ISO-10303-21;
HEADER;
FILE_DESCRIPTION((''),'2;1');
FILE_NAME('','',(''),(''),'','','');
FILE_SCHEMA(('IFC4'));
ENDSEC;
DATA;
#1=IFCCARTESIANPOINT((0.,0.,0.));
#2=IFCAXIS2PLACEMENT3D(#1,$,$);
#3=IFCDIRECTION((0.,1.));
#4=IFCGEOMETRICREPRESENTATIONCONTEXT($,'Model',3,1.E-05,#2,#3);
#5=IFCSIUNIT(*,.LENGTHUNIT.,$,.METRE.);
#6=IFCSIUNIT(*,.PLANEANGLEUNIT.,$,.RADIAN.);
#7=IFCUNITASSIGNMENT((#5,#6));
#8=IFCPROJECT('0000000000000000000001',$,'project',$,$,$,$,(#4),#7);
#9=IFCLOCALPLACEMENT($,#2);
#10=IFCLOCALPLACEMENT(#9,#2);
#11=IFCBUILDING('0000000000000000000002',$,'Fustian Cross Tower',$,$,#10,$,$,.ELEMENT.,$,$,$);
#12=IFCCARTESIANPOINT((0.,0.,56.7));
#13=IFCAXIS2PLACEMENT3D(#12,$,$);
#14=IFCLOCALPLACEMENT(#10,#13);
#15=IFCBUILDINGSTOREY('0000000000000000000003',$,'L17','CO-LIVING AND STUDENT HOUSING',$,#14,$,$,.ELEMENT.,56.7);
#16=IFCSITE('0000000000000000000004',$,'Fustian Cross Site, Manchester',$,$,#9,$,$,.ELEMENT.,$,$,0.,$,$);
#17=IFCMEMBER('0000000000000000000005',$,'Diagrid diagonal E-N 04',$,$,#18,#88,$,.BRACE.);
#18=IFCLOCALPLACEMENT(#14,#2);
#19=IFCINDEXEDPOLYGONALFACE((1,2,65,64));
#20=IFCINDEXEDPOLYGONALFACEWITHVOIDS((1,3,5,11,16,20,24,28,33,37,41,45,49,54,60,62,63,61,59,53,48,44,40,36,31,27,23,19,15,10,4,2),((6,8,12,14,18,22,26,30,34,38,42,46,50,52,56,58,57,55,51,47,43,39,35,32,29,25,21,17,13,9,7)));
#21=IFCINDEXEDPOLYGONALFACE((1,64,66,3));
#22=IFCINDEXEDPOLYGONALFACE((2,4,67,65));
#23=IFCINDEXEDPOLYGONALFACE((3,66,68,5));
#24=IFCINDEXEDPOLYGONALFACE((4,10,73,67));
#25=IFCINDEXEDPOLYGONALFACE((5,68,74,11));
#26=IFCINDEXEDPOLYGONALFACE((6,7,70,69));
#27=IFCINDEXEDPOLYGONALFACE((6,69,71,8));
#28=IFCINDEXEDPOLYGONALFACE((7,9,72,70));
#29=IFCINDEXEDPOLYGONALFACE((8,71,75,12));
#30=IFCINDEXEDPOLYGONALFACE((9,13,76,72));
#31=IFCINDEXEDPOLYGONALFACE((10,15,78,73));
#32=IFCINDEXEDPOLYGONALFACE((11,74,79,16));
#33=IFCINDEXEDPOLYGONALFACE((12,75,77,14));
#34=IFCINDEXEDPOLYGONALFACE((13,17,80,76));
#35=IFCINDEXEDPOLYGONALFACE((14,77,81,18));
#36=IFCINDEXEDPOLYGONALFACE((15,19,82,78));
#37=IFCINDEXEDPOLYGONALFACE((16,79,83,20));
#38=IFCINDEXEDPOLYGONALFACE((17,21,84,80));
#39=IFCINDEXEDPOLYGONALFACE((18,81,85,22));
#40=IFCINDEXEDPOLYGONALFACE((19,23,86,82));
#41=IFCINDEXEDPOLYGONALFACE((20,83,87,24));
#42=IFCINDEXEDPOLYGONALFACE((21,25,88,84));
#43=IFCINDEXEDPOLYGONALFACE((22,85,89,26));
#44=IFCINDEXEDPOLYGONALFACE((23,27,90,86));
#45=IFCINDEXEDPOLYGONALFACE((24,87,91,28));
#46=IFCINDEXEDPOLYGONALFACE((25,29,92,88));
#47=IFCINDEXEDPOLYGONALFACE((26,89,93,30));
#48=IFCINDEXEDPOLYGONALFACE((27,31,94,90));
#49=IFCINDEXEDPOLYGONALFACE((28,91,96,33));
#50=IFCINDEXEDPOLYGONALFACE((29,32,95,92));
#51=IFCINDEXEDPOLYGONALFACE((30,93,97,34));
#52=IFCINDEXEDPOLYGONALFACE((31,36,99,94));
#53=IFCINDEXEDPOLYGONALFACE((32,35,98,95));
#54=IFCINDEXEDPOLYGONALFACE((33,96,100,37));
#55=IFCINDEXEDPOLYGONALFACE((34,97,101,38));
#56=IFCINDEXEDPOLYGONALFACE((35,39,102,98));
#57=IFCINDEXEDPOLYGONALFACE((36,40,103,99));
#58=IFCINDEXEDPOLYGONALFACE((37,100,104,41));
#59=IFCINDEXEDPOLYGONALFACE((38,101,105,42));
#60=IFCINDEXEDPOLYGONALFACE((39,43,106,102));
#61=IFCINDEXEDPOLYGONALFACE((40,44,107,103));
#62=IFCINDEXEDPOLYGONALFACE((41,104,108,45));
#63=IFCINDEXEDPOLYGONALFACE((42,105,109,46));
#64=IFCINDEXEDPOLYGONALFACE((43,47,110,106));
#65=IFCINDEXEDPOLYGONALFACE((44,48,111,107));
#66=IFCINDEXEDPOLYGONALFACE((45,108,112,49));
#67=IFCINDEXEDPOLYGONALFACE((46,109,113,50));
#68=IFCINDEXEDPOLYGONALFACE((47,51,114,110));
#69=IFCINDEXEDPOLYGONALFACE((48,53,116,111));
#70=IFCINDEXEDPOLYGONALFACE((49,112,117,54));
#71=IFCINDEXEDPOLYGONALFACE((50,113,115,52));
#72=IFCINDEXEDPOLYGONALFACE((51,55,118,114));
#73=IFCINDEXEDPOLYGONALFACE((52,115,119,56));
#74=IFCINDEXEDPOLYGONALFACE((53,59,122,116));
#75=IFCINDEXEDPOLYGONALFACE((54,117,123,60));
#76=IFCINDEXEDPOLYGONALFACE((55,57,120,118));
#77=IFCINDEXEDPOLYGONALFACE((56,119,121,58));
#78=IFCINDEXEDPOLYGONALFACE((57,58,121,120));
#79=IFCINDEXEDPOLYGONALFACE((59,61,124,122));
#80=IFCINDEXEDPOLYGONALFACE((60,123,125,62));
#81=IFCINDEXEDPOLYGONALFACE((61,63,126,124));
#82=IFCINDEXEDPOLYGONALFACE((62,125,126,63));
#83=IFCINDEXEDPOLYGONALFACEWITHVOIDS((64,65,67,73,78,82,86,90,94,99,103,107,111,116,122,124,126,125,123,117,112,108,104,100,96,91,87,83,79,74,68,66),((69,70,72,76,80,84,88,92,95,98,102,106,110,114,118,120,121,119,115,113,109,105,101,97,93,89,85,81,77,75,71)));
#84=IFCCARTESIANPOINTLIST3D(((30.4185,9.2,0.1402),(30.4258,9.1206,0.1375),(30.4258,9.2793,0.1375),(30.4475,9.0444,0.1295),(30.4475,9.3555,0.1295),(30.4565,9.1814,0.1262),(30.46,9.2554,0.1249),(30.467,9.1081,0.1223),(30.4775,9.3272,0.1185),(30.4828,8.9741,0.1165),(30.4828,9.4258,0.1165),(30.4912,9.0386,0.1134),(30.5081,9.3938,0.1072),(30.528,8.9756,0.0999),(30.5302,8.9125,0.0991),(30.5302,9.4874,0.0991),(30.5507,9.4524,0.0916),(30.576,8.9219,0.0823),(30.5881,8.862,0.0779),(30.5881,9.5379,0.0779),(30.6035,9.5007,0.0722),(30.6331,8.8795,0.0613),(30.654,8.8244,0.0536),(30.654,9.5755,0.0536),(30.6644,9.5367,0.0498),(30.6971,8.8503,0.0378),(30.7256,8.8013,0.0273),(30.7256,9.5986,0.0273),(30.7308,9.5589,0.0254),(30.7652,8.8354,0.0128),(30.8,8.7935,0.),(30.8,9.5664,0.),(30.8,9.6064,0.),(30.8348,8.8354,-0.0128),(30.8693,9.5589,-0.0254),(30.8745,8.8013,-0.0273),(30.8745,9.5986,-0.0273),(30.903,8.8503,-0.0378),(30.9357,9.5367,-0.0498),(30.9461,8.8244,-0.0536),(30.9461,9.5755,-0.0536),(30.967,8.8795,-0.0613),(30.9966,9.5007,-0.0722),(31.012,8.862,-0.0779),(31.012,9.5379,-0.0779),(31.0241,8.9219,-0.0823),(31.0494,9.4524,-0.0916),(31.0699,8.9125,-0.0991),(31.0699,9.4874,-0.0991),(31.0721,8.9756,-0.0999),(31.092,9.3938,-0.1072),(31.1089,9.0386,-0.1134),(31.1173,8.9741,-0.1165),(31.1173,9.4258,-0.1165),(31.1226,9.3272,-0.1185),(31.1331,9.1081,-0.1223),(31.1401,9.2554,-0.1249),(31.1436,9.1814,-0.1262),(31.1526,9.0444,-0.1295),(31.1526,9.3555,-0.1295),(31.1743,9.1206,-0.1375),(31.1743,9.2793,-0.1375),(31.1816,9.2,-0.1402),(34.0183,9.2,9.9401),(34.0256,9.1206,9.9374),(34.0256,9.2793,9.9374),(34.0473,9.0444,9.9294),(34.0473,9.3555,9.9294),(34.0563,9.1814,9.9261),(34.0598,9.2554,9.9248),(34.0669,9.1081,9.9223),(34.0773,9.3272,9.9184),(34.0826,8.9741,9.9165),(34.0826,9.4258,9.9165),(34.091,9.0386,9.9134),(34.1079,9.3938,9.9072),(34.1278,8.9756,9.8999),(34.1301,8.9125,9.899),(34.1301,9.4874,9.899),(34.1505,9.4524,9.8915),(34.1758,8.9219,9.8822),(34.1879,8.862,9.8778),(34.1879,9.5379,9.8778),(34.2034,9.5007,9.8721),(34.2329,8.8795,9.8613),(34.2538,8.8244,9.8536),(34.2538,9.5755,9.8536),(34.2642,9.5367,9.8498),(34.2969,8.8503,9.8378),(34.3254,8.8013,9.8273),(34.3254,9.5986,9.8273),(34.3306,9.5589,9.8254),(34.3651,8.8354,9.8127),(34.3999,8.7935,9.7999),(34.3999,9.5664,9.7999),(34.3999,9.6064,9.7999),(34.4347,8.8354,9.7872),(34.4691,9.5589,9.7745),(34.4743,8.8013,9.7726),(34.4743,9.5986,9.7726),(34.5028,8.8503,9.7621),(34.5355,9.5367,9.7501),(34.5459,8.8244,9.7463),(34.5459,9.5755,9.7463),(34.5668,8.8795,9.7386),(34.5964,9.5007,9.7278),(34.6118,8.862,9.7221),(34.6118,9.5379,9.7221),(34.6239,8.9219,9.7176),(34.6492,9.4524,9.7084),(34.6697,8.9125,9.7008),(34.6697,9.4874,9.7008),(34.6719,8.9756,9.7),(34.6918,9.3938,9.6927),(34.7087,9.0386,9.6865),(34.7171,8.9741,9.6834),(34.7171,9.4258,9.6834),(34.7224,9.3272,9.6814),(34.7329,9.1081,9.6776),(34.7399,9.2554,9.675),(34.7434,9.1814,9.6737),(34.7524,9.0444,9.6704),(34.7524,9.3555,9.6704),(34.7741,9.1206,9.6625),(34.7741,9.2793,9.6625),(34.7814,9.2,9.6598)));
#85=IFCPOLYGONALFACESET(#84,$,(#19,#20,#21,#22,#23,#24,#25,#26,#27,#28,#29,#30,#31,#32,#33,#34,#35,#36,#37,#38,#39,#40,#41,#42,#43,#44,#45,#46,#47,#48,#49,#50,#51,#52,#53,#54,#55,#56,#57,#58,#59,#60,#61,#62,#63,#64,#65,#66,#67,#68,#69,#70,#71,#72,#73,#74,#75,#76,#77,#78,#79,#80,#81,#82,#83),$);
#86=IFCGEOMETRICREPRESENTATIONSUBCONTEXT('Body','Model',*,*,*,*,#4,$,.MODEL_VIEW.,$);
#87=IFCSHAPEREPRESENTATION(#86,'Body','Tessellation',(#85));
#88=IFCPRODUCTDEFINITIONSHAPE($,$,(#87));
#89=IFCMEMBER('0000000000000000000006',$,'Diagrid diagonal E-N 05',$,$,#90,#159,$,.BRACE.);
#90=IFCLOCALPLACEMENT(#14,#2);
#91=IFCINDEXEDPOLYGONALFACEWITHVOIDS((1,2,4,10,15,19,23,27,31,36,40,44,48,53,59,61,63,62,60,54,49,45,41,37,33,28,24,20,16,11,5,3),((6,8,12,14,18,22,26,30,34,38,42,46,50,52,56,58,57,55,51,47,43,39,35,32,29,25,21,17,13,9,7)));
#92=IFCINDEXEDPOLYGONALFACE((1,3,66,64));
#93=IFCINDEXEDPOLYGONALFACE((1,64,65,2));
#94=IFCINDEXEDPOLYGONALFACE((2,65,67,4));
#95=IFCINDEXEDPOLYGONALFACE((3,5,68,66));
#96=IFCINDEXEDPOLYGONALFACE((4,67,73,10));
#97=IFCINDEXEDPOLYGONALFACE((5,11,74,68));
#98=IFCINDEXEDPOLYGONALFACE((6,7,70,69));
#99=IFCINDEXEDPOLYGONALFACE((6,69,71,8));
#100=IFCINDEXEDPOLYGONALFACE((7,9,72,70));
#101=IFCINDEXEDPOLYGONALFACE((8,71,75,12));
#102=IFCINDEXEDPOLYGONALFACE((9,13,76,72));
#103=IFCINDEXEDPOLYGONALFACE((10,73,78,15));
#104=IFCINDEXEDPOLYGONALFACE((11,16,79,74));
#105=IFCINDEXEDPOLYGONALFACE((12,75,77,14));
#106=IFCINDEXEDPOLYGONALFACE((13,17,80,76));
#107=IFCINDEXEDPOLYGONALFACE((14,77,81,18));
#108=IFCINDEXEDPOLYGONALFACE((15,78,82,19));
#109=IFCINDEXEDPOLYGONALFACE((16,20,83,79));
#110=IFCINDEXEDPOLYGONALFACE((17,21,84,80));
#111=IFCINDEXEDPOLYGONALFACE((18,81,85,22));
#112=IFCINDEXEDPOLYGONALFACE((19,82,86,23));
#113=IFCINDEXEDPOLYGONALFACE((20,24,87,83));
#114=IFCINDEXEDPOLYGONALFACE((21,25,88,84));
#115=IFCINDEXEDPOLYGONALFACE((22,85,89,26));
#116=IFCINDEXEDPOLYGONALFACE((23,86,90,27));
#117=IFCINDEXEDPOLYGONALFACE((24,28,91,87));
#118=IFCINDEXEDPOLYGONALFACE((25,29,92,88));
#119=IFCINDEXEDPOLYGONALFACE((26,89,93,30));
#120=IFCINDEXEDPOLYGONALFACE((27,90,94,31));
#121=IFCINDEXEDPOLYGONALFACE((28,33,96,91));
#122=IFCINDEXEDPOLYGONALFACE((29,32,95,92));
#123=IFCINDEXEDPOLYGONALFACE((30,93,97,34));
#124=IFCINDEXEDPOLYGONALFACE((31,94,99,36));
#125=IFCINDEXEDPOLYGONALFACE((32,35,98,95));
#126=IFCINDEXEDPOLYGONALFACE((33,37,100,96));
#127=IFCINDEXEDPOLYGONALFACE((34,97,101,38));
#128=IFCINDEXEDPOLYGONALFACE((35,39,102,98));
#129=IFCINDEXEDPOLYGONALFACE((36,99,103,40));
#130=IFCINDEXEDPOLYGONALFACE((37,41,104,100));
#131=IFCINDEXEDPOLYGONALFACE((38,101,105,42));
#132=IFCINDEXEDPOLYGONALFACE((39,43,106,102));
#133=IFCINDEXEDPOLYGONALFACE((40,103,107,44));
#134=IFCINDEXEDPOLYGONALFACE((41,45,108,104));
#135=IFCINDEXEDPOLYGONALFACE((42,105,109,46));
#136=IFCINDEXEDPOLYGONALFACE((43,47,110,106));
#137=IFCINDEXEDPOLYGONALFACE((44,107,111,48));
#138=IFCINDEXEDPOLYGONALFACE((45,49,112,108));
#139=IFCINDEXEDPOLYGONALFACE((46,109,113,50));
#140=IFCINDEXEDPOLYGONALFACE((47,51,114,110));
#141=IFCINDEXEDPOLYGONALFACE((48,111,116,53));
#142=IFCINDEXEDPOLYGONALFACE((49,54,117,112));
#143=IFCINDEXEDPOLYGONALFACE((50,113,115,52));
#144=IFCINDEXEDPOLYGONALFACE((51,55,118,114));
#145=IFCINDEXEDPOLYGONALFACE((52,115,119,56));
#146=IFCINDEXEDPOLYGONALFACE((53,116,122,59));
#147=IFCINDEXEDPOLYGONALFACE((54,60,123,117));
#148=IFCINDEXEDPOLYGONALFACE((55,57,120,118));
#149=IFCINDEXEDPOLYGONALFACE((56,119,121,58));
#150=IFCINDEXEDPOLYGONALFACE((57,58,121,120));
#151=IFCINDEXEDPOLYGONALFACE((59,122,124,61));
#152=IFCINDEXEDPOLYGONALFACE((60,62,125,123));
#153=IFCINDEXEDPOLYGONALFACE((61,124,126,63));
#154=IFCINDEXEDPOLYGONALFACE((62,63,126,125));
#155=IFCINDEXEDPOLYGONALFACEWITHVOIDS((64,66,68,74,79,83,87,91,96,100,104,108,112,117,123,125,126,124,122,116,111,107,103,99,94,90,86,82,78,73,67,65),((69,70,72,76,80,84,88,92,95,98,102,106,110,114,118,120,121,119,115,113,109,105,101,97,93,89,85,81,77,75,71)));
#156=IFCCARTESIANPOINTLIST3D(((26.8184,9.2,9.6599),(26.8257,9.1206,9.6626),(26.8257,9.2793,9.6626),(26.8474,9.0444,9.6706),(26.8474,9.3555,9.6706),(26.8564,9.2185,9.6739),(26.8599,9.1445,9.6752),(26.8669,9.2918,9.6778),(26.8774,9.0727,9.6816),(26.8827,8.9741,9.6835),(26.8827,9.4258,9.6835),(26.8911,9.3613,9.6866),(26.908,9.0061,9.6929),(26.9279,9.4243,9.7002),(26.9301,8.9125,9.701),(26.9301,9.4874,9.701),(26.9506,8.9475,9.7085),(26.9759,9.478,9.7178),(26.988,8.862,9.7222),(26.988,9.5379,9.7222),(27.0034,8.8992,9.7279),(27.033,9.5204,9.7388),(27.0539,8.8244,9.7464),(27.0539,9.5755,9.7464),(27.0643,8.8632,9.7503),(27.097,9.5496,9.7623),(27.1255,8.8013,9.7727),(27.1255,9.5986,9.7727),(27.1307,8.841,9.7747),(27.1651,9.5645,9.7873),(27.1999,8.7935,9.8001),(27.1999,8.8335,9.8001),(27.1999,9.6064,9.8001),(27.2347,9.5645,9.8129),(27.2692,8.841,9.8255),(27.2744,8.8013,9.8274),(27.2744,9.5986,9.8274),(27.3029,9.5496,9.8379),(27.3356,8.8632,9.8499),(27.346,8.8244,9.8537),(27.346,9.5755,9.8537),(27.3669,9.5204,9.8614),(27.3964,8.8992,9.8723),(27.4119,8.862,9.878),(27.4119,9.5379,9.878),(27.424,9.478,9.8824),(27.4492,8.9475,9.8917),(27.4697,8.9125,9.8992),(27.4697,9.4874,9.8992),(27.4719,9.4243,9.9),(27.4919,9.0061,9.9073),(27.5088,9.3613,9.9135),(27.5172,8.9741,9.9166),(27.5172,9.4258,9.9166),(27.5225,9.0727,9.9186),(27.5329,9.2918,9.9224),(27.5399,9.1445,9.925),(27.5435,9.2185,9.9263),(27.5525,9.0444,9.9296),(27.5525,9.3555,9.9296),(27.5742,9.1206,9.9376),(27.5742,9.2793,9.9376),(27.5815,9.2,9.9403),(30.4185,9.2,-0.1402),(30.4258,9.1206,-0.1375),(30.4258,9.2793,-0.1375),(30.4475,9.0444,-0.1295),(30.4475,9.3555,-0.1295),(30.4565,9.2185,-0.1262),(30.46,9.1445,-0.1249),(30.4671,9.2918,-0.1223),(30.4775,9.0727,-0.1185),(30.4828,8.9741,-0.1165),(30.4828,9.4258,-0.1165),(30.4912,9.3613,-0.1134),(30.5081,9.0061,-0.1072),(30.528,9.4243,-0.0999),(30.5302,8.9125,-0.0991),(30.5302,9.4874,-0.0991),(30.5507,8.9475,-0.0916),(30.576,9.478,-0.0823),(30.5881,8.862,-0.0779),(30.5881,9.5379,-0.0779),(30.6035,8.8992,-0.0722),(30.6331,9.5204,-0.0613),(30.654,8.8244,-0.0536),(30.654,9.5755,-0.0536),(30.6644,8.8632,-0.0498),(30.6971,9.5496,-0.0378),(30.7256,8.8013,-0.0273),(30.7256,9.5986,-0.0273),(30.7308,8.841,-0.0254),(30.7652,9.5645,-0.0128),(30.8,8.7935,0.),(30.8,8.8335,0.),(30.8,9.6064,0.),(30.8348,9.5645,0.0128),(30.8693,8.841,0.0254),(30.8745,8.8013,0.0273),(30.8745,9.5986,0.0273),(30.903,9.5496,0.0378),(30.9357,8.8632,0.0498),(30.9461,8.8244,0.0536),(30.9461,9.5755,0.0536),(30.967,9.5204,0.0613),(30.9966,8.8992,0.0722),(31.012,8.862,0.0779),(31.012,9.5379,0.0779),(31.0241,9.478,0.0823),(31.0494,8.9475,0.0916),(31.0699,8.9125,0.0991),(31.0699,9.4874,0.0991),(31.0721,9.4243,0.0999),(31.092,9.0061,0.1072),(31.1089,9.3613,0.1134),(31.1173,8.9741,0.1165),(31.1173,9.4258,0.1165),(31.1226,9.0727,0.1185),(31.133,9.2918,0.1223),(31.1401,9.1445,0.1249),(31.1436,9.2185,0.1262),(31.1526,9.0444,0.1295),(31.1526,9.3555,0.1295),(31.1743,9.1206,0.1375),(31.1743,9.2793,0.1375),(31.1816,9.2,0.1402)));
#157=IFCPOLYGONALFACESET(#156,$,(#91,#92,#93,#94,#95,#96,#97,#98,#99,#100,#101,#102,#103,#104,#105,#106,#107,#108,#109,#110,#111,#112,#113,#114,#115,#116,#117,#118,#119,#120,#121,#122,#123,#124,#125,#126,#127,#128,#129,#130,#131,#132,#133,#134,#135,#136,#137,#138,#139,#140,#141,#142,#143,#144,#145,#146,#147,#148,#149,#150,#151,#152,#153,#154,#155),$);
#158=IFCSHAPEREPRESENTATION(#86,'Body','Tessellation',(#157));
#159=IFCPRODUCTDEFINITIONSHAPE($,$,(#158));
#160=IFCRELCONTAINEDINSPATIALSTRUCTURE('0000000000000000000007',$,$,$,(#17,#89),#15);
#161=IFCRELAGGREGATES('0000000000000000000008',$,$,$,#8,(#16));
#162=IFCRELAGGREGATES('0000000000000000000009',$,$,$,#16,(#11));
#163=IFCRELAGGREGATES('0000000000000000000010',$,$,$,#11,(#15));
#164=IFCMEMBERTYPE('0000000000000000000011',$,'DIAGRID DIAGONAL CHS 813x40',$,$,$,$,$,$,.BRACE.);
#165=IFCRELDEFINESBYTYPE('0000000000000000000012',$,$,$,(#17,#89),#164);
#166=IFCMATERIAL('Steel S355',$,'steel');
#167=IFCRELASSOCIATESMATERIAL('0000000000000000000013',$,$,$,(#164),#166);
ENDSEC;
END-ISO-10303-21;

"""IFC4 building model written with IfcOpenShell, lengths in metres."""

from ifc_helpers import new_model, si_unit, direction, frame, origin, origin_2d, place, context, subcontext, project, spatial, hollow_circle, extrude, material, material_profile, profile_set, type_object, element, save


model = new_model("IFC4")

# Units and contexts
model_context = context("Model", 3, precision=1e-05, world=origin(), true_north=direction((0.0, 1.0)))
body_context = subcontext(model_context, "Body", "Model", "MODEL_VIEW")
ifc_project = project(units=[si_unit("LENGTHUNIT", "METRE"), si_unit("PLANEANGLEUNIT", "RADIAN")], contexts=[model_context])

# Site, building, storey
site_placement = place(None, origin())
site = spatial("IfcSite", under=ifc_project, at=site_placement, Name="Fustian Cross Site, Manchester", CompositionType="ELEMENT", RefElevation=0.0)
building_placement = place(site_placement, origin())
building = spatial("IfcBuilding", under=site, at=building_placement, Name="Fustian Cross Tower", CompositionType="ELEMENT")
storey_placement = place(building_placement, frame((0.0, 0.0, 56.7)))
storey = spatial("IfcBuildingStorey", under=building, at=storey_placement, Name="L17", Description="CO-LIVING AND STUDENT HOUSING", CompositionType="ELEMENT", Elevation=56.7)

# Members
ifc_material_1 = material(Name="Steel S355", Category="steel")
ifc_material_profile_1 = material_profile(ifc_material_1, hollow_circle(Radius=0.4065, WallThickness=0.04, at=origin_2d()), Name="CHS 813x40")
ifc_profile_set_1 = profile_set([ifc_material_profile_1], Name="Steel S355")
member_type_1 = type_object("IfcMemberType", Name="DIAGRID DIAGONAL CHS 813x40", PredefinedType="BRACE", material=ifc_profile_set_1)
member_1_placement = place(storey_placement, frame((30.8, 9.2, 0.0), z_axis=(0.344804, 0.0, 0.938675), x_axis=(0.0, 1.0, 0.0)))
element("IfcMember", 1, at=member_1_placement, inside=storey, type_object=member_type_1, Name="Diagrid diagonal E-N 04", PredefinedType="BRACE", context=body_context, shape_type="SweptSolid", body=[
    extrude(hollow_circle(Radius=0.4065, WallThickness=0.04, at=origin_2d()), origin(), (0.0, 0.0, 1.0), 10.4402),
])
member_2_placement = place(storey_placement, frame((30.8, 9.2, 0.0), z_axis=(-0.344824, 0.0, 0.938667), x_axis=(0.0, -1.0, 0.0)))
element("IfcMember", 2, at=member_2_placement, inside=storey, type_object=member_type_1, Name="Diagrid diagonal E-N 05", PredefinedType="BRACE", context=body_context, shape_type="SweptSolid", body=[
    extrude(hollow_circle(Radius=0.4065, WallThickness=0.04, at=origin_2d()), origin(), (0.0, 0.0, 1.0), 10.4404),
])

save(model, "model.ifc")
